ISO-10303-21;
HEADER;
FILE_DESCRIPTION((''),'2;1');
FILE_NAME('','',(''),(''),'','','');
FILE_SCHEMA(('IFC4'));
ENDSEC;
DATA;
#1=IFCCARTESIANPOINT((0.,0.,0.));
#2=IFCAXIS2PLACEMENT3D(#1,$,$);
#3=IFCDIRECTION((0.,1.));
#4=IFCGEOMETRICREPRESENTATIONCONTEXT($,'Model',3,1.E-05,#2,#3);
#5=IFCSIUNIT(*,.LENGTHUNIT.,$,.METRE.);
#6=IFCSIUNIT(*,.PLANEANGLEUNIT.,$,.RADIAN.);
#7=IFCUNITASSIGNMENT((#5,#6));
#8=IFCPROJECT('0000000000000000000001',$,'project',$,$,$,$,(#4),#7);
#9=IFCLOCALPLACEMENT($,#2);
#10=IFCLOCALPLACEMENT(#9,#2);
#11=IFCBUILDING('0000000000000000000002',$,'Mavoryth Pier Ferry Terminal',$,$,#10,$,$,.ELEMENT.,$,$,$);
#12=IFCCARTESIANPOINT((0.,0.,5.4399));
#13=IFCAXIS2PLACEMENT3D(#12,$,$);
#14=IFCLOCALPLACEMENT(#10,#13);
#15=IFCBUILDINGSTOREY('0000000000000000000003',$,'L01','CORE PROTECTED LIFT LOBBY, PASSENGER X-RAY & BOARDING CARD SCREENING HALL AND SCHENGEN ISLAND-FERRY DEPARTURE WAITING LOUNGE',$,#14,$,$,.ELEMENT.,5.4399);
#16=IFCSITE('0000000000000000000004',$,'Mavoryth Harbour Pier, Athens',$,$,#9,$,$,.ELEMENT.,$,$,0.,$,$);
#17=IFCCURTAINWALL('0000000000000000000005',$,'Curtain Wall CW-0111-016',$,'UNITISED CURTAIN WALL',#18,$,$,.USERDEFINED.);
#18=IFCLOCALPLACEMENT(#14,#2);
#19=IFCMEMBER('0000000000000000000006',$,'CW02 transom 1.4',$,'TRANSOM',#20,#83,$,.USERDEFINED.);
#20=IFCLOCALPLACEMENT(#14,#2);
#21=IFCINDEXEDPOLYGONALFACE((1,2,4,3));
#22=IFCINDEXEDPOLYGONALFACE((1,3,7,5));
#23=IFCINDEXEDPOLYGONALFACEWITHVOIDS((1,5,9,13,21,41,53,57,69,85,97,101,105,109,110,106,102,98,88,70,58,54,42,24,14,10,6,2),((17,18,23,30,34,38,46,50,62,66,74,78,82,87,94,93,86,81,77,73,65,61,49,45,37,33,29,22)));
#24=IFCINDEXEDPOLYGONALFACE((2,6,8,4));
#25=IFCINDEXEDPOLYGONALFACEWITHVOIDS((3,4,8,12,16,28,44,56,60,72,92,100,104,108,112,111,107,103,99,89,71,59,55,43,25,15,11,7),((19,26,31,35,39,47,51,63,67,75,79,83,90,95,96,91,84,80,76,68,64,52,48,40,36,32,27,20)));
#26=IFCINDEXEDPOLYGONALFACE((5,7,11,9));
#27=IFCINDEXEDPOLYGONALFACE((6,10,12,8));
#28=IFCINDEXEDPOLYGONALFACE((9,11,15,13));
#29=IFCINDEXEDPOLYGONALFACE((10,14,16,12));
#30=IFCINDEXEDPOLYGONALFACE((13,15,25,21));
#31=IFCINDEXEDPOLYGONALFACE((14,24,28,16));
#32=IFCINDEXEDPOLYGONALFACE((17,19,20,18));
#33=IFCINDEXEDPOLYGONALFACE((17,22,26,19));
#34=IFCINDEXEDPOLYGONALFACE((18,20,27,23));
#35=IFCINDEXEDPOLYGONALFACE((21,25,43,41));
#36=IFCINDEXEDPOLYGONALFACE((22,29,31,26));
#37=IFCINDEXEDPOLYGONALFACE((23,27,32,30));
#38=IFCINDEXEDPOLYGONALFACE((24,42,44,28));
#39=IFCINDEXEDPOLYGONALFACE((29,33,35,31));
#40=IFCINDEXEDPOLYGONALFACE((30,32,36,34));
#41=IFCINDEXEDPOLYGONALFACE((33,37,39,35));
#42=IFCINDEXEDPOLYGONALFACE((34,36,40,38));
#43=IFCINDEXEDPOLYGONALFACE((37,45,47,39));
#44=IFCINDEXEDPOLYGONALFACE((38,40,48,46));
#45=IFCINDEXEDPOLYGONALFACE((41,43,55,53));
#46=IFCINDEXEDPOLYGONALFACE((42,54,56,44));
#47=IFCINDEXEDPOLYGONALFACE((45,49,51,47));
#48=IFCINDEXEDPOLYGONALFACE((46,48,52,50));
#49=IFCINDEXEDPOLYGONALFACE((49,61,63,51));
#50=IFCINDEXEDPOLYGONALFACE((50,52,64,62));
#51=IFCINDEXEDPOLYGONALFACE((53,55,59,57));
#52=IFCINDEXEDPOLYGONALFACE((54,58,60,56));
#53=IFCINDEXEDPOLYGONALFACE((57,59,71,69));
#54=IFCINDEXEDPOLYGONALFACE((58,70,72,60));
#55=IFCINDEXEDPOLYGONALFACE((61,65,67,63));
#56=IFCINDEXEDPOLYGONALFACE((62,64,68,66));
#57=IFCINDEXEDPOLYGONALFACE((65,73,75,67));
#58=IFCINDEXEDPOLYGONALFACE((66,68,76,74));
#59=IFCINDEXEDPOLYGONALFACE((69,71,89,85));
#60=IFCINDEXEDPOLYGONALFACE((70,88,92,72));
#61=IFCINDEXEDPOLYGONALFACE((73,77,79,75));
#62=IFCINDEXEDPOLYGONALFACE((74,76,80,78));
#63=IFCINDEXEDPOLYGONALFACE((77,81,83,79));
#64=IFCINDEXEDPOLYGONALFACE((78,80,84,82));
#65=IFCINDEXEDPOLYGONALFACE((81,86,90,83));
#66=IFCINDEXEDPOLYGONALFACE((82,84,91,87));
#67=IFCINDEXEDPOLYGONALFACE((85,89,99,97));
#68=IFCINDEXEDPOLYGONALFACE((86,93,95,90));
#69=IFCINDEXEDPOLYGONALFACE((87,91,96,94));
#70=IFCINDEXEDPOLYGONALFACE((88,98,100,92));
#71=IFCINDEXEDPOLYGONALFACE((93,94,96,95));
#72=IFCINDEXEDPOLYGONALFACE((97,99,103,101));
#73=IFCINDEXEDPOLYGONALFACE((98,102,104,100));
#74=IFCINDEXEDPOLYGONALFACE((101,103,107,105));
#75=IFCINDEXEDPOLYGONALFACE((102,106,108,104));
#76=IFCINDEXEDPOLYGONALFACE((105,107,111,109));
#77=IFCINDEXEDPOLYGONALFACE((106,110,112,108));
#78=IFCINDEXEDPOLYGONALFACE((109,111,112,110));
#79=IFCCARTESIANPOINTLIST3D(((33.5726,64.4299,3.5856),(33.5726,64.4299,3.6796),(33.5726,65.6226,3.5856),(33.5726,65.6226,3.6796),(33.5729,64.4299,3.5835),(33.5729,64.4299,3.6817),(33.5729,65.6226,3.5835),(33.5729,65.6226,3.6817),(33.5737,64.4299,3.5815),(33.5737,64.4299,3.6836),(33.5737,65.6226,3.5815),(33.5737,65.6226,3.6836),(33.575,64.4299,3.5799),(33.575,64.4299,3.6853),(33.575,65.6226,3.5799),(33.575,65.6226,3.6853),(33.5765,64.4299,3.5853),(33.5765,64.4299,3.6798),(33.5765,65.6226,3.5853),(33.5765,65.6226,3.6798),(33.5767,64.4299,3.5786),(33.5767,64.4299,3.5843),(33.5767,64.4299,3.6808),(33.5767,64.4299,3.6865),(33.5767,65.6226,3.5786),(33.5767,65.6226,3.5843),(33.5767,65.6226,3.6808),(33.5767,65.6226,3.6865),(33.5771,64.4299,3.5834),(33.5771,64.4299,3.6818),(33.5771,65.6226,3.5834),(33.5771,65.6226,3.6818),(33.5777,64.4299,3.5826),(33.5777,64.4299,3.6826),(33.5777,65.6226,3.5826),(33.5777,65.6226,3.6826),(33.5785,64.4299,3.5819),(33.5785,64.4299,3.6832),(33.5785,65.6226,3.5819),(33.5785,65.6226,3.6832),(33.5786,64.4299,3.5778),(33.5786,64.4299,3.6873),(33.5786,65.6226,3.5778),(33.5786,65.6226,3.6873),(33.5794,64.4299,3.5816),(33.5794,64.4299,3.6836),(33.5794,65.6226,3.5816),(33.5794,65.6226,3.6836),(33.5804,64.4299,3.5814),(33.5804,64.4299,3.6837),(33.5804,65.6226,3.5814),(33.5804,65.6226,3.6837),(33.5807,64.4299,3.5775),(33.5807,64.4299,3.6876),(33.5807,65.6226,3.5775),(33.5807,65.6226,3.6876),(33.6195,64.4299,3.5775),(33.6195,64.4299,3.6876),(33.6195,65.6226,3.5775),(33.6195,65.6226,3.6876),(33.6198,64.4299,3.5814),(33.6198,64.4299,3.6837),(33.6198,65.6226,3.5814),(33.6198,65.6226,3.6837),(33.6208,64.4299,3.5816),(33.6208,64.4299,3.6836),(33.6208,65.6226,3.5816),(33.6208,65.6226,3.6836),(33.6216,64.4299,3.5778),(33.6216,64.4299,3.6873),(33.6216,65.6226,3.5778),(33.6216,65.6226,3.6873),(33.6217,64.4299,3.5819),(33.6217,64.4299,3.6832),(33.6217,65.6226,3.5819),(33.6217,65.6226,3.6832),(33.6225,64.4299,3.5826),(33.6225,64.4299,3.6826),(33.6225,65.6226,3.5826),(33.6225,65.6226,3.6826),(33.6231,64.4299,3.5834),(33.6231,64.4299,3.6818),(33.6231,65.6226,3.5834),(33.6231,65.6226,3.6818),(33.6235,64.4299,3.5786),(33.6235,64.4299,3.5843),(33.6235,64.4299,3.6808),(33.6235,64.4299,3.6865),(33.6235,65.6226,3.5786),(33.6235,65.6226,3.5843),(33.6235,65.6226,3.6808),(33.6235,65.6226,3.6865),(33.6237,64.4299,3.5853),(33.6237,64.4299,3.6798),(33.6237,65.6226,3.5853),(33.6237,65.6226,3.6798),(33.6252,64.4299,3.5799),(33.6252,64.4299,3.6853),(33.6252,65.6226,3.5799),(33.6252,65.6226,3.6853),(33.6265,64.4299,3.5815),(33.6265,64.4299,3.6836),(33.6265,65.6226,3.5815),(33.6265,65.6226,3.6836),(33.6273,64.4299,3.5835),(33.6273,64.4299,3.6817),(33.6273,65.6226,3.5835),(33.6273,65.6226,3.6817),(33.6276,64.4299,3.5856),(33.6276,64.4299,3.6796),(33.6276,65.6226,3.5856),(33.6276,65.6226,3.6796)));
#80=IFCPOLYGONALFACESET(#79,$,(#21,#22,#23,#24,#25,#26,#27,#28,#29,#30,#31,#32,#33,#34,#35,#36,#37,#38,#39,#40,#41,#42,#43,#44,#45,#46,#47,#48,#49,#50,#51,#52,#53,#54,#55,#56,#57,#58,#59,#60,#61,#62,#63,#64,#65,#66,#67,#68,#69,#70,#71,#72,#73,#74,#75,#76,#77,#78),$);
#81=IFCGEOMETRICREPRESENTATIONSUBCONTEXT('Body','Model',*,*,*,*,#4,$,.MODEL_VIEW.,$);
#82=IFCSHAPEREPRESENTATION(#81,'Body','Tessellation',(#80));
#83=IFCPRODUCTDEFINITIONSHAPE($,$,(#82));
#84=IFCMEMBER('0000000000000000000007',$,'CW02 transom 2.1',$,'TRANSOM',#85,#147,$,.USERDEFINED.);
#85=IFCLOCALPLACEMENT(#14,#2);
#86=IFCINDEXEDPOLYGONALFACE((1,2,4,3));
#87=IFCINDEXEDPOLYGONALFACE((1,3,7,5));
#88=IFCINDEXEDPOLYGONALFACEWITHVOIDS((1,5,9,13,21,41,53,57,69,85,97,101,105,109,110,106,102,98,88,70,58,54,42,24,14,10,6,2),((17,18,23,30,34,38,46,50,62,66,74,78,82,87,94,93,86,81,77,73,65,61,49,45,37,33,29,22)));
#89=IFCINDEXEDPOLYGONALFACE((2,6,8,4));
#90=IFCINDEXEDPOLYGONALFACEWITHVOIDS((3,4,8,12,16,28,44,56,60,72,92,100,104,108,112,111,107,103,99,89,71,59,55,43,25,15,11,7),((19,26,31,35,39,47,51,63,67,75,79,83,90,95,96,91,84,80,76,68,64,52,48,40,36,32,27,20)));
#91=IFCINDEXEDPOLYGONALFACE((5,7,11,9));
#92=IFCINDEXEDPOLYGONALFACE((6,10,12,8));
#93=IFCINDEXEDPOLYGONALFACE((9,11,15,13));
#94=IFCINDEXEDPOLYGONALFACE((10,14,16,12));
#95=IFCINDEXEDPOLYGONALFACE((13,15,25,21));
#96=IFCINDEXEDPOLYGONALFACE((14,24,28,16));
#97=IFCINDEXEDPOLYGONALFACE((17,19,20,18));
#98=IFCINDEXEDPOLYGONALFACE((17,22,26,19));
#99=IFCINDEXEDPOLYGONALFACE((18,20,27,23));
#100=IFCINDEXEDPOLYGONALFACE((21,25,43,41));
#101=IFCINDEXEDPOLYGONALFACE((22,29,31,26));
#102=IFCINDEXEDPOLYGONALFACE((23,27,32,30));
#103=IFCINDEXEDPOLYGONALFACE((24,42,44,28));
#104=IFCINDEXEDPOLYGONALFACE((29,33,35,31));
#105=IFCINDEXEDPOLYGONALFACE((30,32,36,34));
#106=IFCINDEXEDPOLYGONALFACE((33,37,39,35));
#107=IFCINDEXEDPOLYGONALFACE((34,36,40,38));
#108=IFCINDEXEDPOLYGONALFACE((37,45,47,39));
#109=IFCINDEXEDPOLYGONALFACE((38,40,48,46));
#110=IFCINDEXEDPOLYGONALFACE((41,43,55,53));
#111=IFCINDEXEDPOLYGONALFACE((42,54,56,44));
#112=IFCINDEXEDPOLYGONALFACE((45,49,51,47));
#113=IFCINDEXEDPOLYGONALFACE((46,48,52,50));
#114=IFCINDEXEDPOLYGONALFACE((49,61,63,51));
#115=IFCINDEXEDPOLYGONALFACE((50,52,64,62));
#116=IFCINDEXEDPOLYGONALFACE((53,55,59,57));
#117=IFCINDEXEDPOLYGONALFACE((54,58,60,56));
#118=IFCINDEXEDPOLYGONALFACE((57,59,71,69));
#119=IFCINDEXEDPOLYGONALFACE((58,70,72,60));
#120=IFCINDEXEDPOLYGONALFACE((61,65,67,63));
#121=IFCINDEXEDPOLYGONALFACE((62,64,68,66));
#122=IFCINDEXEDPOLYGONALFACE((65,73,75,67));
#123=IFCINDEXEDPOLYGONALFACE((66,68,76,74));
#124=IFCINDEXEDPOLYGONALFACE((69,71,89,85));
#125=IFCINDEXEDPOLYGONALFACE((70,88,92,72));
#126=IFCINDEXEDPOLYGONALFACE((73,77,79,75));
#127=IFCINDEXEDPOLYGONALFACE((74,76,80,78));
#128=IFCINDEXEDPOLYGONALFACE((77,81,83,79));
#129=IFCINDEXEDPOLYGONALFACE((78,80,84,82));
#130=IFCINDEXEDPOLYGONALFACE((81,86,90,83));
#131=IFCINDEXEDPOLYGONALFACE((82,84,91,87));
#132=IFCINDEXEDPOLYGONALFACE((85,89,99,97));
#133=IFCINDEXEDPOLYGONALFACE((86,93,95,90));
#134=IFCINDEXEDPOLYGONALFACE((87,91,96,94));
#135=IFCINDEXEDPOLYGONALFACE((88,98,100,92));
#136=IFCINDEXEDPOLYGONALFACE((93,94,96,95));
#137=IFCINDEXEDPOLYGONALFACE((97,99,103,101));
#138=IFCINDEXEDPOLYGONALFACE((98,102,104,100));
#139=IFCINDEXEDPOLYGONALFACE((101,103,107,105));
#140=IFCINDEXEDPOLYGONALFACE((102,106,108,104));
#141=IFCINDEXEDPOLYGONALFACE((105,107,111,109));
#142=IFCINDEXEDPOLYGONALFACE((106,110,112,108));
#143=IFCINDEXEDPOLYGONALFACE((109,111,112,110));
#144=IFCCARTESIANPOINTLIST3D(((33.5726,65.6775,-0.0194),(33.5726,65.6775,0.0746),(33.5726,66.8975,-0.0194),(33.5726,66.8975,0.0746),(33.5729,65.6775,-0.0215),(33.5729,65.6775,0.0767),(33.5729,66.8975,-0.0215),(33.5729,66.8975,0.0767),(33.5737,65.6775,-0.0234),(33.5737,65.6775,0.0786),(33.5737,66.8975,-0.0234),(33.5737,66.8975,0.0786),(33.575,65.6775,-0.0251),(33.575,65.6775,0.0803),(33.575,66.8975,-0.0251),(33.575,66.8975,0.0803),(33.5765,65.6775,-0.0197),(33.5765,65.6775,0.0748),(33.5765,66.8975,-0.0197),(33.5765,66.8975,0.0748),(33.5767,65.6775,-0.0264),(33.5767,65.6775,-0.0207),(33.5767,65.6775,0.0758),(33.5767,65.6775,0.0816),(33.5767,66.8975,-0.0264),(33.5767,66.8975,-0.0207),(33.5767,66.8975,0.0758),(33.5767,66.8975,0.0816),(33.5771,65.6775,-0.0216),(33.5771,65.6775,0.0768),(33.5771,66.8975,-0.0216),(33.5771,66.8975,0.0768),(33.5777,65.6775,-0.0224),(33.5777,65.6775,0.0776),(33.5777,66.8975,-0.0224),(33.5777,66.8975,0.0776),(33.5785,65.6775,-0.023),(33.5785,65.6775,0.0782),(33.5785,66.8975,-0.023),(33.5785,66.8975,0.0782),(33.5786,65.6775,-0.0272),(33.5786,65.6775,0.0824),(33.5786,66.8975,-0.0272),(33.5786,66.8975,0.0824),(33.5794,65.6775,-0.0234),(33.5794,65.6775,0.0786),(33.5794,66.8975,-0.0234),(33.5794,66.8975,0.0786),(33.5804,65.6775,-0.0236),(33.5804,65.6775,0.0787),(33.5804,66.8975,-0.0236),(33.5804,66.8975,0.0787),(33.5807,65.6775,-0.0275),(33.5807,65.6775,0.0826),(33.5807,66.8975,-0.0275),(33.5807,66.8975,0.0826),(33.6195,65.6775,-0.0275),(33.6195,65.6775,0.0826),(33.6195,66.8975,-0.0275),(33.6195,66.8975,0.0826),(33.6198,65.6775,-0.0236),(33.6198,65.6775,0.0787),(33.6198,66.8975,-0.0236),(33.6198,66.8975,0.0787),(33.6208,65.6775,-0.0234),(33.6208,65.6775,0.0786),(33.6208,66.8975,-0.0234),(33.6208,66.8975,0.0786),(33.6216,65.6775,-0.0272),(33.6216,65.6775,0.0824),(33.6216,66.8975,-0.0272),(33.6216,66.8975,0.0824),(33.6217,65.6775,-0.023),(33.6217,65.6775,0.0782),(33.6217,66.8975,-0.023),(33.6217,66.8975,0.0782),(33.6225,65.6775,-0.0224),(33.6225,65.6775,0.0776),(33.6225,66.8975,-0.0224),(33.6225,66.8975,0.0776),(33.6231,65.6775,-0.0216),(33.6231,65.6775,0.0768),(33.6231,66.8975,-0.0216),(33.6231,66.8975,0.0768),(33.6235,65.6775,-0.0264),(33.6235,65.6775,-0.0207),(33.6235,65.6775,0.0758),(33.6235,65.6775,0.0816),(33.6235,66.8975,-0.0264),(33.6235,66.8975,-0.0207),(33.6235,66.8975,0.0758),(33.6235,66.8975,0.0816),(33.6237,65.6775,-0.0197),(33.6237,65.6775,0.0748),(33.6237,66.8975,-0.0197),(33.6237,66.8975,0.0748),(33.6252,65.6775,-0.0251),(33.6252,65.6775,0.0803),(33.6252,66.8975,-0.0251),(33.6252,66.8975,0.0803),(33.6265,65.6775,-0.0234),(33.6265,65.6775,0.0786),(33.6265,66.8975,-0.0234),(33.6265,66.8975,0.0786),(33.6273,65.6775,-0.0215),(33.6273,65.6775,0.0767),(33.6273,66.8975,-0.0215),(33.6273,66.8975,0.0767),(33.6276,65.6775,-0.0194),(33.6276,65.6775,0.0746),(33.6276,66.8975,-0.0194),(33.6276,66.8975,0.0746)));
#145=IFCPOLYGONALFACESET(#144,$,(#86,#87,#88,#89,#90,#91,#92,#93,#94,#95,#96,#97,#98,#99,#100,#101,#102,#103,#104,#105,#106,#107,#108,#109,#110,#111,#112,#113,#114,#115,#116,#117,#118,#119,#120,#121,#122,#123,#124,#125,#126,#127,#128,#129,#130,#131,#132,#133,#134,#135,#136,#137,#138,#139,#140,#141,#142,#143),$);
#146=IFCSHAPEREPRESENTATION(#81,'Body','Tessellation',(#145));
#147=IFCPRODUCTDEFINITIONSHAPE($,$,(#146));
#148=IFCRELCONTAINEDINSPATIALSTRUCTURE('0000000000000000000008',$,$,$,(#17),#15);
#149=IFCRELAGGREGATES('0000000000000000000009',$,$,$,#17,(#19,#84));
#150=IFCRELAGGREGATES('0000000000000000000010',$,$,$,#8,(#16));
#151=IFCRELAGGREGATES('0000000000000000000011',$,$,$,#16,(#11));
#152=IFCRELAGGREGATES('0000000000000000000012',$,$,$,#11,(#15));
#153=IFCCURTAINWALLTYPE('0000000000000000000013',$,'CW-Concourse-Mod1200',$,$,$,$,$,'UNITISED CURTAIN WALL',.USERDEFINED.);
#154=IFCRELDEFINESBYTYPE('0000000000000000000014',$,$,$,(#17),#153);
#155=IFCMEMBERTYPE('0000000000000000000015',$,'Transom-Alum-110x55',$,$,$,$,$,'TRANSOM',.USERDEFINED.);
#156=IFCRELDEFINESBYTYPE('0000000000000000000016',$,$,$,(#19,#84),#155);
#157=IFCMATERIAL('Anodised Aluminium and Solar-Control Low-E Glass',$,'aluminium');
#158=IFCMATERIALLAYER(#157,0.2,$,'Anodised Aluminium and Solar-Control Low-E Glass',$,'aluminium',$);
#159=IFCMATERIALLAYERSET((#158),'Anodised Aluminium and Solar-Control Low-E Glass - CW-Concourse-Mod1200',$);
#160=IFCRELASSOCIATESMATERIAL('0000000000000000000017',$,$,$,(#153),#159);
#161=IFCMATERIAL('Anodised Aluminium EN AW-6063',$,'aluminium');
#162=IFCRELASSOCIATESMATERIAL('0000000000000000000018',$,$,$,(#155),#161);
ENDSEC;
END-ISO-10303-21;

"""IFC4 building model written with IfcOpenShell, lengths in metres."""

from ifc_helpers import new_model, si_unit, direction, frame, origin, origin_2d, place, context, subcontext, project, spatial, hollow_rectangle, extrude, material, layer, layer_set, material_profile, profile_set, type_object, element, aggregate, save


model = new_model("IFC4")

# Units and contexts
model_context = context("Model", 3, precision=1e-05, world=origin(), true_north=direction((0.0, 1.0)))
body_context = subcontext(model_context, "Body", "Model", "MODEL_VIEW")
ifc_project = project(units=[si_unit("LENGTHUNIT", "METRE"), si_unit("PLANEANGLEUNIT", "RADIAN")], contexts=[model_context])

# Site, building, storey
site_placement = place(None, origin())
site = spatial("IfcSite", under=ifc_project, at=site_placement, Name="Mavoryth Harbour Pier, Athens", CompositionType="ELEMENT", RefElevation=0.0)
building_placement = place(site_placement, origin())
building = spatial("IfcBuilding", under=site, at=building_placement, Name="Mavoryth Pier Ferry Terminal", CompositionType="ELEMENT")
storey_placement = place(building_placement, frame((0.0, 0.0, 5.4399)))
storey = spatial("IfcBuildingStorey", under=building, at=storey_placement, Name="L01", Description="CORE PROTECTED LIFT LOBBY, PASSENGER X-RAY & BOARDING CARD SCREENING HALL AND SCHENGEN ISLAND-FERRY DEPARTURE WAITING LOUNGE", CompositionType="ELEMENT", Elevation=5.4399)

# Curtain wall
ifc_material_1 = material(Name="Anodised Aluminium and Solar-Control Low-E Glass", Category="aluminium")
ifc_layer_1 = layer(ifc_material_1, 0.2, Name="Anodised Aluminium and Solar-Control Low-E Glass", Category="aluminium")
ifc_layer_set_1 = layer_set([ifc_layer_1], Name="Anodised Aluminium and Solar-Control Low-E Glass - CW-Concourse-Mod1200")
curtain_wall_type = type_object("IfcCurtainWallType", Name="CW-Concourse-Mod1200", ElementType="UNITISED CURTAIN WALL", PredefinedType="USERDEFINED", material=ifc_layer_set_1)
ifc_material_2 = material(Name="Anodised Aluminium EN AW-6063", Category="aluminium")
curtain_wall_1_placement = place(storey_placement, origin())
curtain_wall_1 = element("IfcCurtainWall", 1, at=curtain_wall_1_placement, inside=storey, type_object=curtain_wall_type, Name="Curtain Wall CW-0111-016", ObjectType="UNITISED CURTAIN WALL", PredefinedType="USERDEFINED")

# Members
ifc_material_profile_1 = material_profile(ifc_material_2, hollow_rectangle(XDim=0.0549, YDim=0.1101, WallThickness=0.0039, InnerFilletRadius=0.0039, OuterFilletRadius=0.0081, at=origin_2d()), Name="AL-TRAN 110x55x4", Category="aluminium")
ifc_profile_set_1 = profile_set([ifc_material_profile_1], Name="Anodised Aluminium EN AW-6063 - AL-TRAN 110x55x4")
member_type_1 = type_object("IfcMemberType", Name="Transom-Alum-110x55", ElementType="TRANSOM", PredefinedType="USERDEFINED", material=ifc_profile_set_1)
member_1_placement = place(storey_placement, frame((33.6001, 64.4299, 3.6326), z_axis=(0.0, 1.0, 0.0), x_axis=(-1.0, 0.0, 0.0)))
member_1 = element("IfcMember", 2, at=member_1_placement, type_object=member_type_1, Name="CW02 transom 1.4", ObjectType="TRANSOM", PredefinedType="USERDEFINED", context=body_context, shape_type="SweptSolid", body=[
    extrude(hollow_rectangle(XDim=0.0549, YDim=0.1101, WallThickness=0.0039, InnerFilletRadius=0.0039, OuterFilletRadius=0.0081, at=origin_2d()), origin(), (0.0, 0.0, 1.0), 1.1926),
])
member_2_placement = place(storey_placement, frame((33.6001, 65.6775, 0.0276), z_axis=(0.0, 1.0, 0.0), x_axis=(-1.0, 0.0, 0.0)))
member_2 = element("IfcMember", 3, at=member_2_placement, type_object=member_type_1, Name="CW02 transom 2.1", ObjectType="TRANSOM", PredefinedType="USERDEFINED", context=body_context, shape_type="SweptSolid", body=[
    extrude(hollow_rectangle(XDim=0.0549, YDim=0.1101, WallThickness=0.0039, InnerFilletRadius=0.0039, OuterFilletRadius=0.0081, at=origin_2d()), origin(), (0.0, 0.0, 1.0), 1.22),
])

aggregate(curtain_wall_1, [member_1, member_2])

save(model, "model.ifc")
